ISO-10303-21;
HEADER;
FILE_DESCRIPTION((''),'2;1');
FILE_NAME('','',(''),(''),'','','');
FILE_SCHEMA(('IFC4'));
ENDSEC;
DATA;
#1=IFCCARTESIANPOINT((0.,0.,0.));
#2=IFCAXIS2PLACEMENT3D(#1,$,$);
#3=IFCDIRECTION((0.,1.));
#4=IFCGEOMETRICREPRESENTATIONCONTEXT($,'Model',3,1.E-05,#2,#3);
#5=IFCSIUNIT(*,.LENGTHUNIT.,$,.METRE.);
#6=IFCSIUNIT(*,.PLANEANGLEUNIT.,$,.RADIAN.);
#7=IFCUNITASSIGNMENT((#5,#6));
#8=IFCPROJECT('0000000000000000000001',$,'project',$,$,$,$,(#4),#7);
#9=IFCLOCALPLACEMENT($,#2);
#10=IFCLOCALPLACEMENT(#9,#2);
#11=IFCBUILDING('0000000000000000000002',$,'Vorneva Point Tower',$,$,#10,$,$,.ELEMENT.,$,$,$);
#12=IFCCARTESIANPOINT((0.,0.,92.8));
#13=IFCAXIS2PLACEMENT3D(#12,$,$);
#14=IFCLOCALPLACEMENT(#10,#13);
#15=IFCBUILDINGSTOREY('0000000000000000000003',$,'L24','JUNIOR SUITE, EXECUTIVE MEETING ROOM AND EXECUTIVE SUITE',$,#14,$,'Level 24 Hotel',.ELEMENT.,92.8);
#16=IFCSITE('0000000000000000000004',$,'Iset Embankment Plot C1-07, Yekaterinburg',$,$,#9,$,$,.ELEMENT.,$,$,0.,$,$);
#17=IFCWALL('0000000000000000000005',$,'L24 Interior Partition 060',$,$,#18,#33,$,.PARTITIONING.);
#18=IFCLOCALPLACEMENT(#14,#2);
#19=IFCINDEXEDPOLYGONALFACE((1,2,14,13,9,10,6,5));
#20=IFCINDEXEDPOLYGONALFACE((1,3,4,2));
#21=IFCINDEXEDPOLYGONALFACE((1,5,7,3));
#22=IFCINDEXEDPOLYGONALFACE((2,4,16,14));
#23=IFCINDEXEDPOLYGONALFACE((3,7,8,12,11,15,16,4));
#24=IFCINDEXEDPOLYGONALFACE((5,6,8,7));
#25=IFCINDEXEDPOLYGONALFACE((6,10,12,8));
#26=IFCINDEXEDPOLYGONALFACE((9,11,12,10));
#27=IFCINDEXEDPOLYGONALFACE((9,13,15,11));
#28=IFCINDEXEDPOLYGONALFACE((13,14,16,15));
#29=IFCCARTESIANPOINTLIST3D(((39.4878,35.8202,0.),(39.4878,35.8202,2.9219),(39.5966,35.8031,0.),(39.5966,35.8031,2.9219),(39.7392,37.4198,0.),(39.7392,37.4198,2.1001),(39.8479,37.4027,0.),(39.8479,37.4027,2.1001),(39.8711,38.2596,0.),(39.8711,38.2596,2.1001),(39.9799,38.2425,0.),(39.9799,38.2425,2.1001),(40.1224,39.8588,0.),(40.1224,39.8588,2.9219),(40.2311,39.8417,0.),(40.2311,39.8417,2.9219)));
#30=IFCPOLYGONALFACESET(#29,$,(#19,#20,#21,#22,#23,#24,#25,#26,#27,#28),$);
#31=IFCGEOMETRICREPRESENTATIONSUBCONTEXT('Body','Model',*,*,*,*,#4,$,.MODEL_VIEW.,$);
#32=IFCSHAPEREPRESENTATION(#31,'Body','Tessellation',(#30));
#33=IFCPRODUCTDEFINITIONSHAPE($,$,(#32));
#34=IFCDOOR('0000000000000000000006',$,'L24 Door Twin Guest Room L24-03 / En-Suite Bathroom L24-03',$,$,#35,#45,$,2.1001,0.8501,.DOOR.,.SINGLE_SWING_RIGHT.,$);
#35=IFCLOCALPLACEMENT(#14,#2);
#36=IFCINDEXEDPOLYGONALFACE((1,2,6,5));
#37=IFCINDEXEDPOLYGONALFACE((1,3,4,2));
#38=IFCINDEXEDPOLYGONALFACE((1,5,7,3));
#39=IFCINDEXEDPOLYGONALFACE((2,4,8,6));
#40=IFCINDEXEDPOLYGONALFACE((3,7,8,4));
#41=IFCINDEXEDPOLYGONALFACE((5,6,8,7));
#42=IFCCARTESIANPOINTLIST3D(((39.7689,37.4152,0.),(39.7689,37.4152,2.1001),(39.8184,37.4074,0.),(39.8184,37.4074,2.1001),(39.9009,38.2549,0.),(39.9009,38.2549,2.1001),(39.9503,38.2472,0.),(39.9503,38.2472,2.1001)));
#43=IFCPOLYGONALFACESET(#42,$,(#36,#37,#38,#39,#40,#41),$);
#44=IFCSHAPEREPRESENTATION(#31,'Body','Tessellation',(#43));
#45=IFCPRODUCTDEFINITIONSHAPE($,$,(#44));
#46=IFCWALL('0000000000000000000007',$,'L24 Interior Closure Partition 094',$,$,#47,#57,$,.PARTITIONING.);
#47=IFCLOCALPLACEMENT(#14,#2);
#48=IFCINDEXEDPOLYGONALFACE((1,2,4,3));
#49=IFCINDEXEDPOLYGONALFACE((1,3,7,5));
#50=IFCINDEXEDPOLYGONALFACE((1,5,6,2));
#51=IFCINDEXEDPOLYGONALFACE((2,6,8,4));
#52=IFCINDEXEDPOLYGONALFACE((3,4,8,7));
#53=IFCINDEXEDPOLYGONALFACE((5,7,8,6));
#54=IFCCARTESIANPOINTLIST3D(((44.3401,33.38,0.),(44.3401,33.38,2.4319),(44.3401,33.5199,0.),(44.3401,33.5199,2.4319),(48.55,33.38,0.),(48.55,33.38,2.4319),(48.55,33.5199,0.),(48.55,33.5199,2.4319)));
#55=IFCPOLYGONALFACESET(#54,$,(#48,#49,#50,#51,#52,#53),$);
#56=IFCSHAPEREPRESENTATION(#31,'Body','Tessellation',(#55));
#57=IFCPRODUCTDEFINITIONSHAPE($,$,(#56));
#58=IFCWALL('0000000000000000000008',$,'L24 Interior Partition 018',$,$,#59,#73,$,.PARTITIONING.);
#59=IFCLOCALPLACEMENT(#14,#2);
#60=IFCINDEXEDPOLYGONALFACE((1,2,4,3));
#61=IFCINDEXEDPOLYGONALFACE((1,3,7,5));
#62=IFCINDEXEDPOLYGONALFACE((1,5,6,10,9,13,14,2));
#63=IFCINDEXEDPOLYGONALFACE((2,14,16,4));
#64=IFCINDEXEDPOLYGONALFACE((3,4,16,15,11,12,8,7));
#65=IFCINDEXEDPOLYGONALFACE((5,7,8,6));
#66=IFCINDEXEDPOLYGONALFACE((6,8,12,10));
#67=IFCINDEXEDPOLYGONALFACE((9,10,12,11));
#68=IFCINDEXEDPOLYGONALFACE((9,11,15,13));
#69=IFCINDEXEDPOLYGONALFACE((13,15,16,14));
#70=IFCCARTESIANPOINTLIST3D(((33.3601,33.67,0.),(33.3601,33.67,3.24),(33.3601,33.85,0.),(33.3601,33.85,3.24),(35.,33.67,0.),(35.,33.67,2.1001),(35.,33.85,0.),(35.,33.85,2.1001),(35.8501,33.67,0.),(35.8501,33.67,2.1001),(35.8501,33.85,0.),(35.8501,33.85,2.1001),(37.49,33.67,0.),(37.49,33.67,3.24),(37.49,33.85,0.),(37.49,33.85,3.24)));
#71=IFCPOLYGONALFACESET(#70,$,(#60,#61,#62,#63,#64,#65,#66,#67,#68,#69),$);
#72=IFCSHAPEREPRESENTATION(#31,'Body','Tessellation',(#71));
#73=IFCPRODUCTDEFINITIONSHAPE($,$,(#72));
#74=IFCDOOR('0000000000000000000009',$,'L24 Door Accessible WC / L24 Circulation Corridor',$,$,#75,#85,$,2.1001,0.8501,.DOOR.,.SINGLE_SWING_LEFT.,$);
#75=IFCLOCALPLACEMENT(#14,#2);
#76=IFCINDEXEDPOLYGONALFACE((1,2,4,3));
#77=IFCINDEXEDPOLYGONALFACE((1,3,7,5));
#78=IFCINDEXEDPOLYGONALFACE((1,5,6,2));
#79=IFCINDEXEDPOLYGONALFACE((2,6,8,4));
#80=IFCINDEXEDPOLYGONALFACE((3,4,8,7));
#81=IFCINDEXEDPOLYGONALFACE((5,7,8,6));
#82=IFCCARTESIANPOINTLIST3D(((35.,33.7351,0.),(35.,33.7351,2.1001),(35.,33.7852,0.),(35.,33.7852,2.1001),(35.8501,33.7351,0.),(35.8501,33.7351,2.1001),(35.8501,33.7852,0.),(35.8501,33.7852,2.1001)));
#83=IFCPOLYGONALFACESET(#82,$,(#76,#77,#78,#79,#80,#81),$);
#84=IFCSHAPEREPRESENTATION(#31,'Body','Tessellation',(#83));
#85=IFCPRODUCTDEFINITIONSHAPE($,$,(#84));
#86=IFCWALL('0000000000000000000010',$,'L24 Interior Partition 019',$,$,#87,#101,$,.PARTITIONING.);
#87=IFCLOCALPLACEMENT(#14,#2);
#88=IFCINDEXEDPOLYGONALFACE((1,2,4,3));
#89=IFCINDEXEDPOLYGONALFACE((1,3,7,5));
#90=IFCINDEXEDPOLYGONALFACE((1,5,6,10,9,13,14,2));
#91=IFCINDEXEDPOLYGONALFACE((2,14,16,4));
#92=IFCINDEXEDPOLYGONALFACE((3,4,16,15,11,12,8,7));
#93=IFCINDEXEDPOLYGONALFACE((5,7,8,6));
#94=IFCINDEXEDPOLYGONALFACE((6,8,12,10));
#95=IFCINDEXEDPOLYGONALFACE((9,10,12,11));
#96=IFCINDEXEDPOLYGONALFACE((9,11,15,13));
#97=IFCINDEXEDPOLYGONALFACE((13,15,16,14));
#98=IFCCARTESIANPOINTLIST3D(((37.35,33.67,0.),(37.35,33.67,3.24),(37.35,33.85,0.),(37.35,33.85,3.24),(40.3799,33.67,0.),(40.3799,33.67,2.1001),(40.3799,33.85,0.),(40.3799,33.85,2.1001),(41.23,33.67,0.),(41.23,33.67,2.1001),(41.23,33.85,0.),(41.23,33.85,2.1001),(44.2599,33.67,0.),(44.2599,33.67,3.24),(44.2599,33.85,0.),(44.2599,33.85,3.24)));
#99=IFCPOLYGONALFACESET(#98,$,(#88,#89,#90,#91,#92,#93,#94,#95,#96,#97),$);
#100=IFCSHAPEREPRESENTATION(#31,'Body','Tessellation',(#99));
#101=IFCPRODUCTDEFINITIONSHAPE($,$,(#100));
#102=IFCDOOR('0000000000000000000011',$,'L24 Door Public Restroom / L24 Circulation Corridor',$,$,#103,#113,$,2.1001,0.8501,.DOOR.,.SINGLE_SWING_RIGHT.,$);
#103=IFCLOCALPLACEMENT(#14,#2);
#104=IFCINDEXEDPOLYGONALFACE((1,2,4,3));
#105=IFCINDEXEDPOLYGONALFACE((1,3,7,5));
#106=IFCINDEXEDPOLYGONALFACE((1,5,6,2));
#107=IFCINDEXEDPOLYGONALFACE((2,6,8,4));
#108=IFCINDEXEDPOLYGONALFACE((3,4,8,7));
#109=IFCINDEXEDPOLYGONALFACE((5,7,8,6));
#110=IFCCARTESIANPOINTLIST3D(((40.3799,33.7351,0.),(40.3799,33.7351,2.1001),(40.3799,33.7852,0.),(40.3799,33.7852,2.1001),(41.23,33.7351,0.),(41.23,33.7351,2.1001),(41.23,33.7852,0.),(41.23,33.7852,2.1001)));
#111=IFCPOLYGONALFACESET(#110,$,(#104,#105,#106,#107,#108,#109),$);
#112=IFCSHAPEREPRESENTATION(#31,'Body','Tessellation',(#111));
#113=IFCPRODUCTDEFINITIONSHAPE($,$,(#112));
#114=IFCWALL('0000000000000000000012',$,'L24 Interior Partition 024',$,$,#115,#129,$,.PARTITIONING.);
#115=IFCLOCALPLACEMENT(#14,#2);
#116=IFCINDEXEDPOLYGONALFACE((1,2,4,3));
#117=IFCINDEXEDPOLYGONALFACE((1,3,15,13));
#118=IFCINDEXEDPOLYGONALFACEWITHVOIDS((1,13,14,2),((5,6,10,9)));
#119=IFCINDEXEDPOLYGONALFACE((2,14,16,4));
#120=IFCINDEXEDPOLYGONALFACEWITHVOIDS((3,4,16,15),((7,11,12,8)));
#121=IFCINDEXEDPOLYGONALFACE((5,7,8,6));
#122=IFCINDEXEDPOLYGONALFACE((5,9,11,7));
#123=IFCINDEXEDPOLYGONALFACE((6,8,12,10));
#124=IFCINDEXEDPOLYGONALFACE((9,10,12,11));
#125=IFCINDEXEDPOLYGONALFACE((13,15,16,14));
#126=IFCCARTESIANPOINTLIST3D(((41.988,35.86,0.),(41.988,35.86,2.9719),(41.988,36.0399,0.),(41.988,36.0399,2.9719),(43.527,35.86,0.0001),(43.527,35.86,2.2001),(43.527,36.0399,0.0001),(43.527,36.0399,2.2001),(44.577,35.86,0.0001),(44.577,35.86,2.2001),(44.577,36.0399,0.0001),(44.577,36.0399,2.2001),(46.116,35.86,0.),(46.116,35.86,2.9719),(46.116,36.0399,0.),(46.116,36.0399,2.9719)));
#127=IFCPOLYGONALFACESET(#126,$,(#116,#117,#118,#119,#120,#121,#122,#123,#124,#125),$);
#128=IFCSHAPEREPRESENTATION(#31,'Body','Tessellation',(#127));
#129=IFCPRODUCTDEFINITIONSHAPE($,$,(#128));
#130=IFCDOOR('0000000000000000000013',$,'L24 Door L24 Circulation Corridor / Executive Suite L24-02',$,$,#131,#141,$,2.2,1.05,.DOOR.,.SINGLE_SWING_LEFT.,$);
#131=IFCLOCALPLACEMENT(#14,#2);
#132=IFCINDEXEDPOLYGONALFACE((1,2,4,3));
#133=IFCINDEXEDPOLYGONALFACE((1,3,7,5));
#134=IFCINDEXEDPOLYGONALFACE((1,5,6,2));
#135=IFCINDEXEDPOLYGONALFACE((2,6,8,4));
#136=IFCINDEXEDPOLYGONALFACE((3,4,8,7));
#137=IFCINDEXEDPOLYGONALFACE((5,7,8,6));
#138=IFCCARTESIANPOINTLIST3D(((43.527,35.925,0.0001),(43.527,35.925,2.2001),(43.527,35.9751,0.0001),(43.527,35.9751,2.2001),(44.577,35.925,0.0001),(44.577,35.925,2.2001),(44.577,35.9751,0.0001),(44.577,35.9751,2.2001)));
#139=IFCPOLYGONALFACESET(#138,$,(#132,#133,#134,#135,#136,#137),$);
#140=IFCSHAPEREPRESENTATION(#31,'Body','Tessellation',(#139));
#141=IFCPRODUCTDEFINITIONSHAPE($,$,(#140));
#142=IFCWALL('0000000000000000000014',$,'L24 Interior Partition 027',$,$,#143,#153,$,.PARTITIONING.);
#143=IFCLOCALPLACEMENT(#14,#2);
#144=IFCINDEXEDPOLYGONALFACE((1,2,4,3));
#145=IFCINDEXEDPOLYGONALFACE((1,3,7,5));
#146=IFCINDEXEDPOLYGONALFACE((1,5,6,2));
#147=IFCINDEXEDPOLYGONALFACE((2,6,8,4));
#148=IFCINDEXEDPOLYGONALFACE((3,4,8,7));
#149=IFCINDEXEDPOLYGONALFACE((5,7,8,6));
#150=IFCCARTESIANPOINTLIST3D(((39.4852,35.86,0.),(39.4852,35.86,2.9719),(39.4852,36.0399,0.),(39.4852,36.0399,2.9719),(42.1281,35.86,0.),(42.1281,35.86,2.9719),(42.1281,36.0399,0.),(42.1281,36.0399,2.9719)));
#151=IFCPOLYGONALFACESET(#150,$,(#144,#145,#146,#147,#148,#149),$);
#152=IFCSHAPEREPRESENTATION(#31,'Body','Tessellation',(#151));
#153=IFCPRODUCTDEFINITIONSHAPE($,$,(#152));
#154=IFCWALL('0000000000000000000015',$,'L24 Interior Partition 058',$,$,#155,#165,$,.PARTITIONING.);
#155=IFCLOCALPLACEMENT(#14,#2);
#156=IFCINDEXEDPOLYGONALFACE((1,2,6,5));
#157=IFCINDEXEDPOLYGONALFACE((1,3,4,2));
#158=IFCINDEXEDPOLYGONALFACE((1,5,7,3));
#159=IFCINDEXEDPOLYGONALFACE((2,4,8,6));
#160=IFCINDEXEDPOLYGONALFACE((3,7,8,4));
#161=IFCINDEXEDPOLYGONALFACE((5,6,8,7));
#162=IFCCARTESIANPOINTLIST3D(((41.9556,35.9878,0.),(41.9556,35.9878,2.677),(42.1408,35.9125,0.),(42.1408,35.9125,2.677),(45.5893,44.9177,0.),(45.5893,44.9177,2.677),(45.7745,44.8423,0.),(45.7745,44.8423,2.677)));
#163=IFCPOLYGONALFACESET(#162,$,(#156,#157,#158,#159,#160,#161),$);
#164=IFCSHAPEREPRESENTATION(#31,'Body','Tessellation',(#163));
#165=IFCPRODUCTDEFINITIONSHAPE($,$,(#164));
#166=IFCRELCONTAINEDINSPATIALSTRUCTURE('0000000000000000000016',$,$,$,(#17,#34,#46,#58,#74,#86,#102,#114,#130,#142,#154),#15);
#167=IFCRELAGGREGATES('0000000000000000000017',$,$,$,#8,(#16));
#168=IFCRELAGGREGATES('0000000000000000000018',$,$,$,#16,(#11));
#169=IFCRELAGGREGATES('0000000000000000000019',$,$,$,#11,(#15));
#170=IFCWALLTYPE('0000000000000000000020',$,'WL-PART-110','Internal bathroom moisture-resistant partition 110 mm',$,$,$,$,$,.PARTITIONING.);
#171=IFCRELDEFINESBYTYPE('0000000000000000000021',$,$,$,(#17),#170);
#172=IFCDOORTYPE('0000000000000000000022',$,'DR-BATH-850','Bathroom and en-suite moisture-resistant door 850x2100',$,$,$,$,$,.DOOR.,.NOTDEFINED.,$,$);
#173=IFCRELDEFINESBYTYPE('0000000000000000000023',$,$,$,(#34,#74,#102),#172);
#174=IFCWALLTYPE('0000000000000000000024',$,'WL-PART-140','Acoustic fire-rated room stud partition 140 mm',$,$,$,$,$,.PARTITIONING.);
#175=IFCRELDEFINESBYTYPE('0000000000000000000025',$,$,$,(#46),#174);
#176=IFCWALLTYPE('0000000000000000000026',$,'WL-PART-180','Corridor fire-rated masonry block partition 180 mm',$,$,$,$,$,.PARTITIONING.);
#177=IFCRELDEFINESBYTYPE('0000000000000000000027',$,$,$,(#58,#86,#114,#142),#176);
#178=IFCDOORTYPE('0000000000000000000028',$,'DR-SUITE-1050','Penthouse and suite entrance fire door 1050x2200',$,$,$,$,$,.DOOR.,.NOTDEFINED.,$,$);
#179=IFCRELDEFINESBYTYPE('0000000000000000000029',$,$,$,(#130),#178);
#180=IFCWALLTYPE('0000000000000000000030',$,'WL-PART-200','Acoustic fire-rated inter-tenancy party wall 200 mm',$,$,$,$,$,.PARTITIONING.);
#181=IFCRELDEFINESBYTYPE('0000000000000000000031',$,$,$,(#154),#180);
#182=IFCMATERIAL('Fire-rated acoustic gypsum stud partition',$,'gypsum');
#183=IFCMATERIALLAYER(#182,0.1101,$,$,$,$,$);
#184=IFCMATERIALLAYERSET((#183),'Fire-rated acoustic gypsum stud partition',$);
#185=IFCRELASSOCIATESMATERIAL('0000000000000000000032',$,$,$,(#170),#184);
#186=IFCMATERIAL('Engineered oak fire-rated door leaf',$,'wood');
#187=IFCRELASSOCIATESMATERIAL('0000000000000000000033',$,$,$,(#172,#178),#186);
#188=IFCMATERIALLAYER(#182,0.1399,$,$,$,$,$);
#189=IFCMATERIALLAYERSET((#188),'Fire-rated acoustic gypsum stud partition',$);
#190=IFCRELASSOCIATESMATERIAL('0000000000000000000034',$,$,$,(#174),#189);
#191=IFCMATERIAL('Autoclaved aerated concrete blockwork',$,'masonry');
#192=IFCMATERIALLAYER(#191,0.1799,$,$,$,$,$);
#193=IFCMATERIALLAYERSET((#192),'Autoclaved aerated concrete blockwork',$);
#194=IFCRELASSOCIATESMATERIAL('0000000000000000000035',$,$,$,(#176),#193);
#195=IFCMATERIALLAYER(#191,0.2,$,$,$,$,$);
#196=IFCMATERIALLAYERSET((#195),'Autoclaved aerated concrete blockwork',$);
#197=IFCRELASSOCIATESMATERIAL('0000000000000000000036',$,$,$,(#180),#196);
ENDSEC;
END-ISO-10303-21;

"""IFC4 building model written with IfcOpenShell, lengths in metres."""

from ifc_helpers import new_model, si_unit, direction, frame, frame_2d, origin, place, context, subcontext, project, spatial, rectangle, extrude, material, layer, layer_set, type_object, element, fill, save


model = new_model("IFC4")

# Units and contexts
model_context = context("Model", 3, precision=1e-05, world=origin(), true_north=direction((0.0, 1.0)))
body_context = subcontext(model_context, "Body", "Model", "MODEL_VIEW")
ifc_project = project(units=[si_unit("LENGTHUNIT", "METRE"), si_unit("PLANEANGLEUNIT", "RADIAN")], contexts=[model_context])

# Site, building, storey
site_placement = place(None, origin())
site = spatial("IfcSite", under=ifc_project, at=site_placement, Name="Iset Embankment Plot C1-07, Yekaterinburg", CompositionType="ELEMENT", RefElevation=0.0)
building_placement = place(site_placement, origin())
building = spatial("IfcBuilding", under=site, at=building_placement, Name="Vorneva Point Tower", CompositionType="ELEMENT")
storey_placement = place(building_placement, frame((0.0, 0.0, 92.8)))
storey = spatial("IfcBuildingStorey", under=building, at=storey_placement, Name="L24", Description="JUNIOR SUITE, EXECUTIVE MEETING ROOM AND EXECUTIVE SUITE", LongName="Level 24 Hotel", CompositionType="ELEMENT", Elevation=92.8)

# Shared definitions
ifc_material_1 = material(Name="Fire-rated acoustic gypsum stud partition", Category="gypsum")
ifc_layer_1 = layer(ifc_material_1, 0.1101)
ifc_layer_set_1 = layer_set([ifc_layer_1], Name="Fire-rated acoustic gypsum stud partition")
wall_type_1 = type_object("IfcWallType", Name="WL-PART-110", Description="Internal bathroom moisture-resistant partition 110 mm", PredefinedType="PARTITIONING", material=ifc_layer_set_1)

# Wall, opening, door
wall_1_placement = place(storey_placement, frame((39.5422, 35.8118, 0.0), z_axis=(0.0, 0.0, 1.0), x_axis=(0.155211, 0.987881, 0.0)))
wall_1 = element("IfcWall", 1, at=wall_1_placement, inside=storey, type_object=wall_type_1, Name="L24 Interior Partition 060", PredefinedType="PARTITIONING", context=body_context, shape_type="SweptSolid", body=[
    extrude(rectangle(XDim=4.0881, YDim=0.1101, at=frame_2d((2.0439, 0.0))), origin(), (0.0, 0.0, 1.0), 2.9219),
])
opening_1_placement = place(wall_1_placement, frame((1.6191, 0.0, 0.0)))
opening_1 = element("IfcOpeningElement", 2, at=opening_1_placement, cuts=wall_1, PredefinedType="OPENING", context=body_context, shape_type="SweptSolid", body=[
    extrude(rectangle(XDim=0.8501, YDim=2.1001, at=frame_2d((0.425, 1.05))), frame((0.0, 0.0698, 0.0), z_axis=(0.0, -1.0, 0.0), x_axis=(1.0, 0.0, 0.0)), (0.0, 0.0, 1.0), 0.1399),
])
ifc_material_2 = material(Name="Engineered oak fire-rated door leaf", Category="wood")
door_type_1 = type_object("IfcDoorType", Name="DR-BATH-850", Description="Bathroom and en-suite moisture-resistant door 850x2100", OperationType="NOTDEFINED", PredefinedType="DOOR", material=ifc_material_2)
door_1_placement = place(opening_1_placement, origin())
door_1 = element("IfcDoor", 3, at=door_1_placement, inside=storey, type_object=door_type_1, Name="L24 Door Twin Guest Room L24-03 / En-Suite Bathroom L24-03", OperationType="SINGLE_SWING_RIGHT", OverallHeight=2.1001, OverallWidth=0.8501, PredefinedType="DOOR", context=body_context, shape_type="SweptSolid", body=[
    extrude(rectangle(XDim=0.8501, YDim=2.1001, at=frame_2d((0.425, 1.05))), frame((0.0, 0.0249, 0.0), z_axis=(0.0, -1.0, 0.0), x_axis=(1.0, 0.0, 0.0)), (0.0, 0.0, 1.0), 0.05),
])
fill(opening_1, door_1)

# Wall
ifc_layer_2 = layer(ifc_material_1, 0.1399)
ifc_layer_set_2 = layer_set([ifc_layer_2], Name="Fire-rated acoustic gypsum stud partition")
wall_type_2 = type_object("IfcWallType", Name="WL-PART-140", Description="Acoustic fire-rated room stud partition 140 mm", PredefinedType="PARTITIONING", material=ifc_layer_set_2)
wall_2_placement = place(storey_placement, frame((44.3401, 33.45, 0.0), z_axis=(0.0, 0.0, 1.0), x_axis=(1.0, 0.0, 0.0)))
element("IfcWall", 4, at=wall_2_placement, inside=storey, type_object=wall_type_2, Name="L24 Interior Closure Partition 094", PredefinedType="PARTITIONING", context=body_context, shape_type="SweptSolid", body=[
    extrude(rectangle(XDim=4.21, YDim=0.1399, at=frame_2d((2.105, 0.0))), origin(), (0.0, 0.0, 1.0), 2.4319),
])

# Walls, openings, doors
ifc_material_3 = material(Name="Autoclaved aerated concrete blockwork", Category="masonry")
ifc_layer_3 = layer(ifc_material_3, 0.1799)
ifc_layer_set_3 = layer_set([ifc_layer_3], Name="Autoclaved aerated concrete blockwork")
wall_type_3 = type_object("IfcWallType", Name="WL-PART-180", Description="Corridor fire-rated masonry block partition 180 mm", PredefinedType="PARTITIONING", material=ifc_layer_set_3)
wall_3_placement = place(storey_placement, frame((37.49, 33.76, 0.0), z_axis=(0.0, 0.0, 1.0), x_axis=(-1.0, 0.0, 0.0)))
wall_3 = element("IfcWall", 5, at=wall_3_placement, inside=storey, type_object=wall_type_3, Name="L24 Interior Partition 018", PredefinedType="PARTITIONING", context=body_context, shape_type="SweptSolid", body=[
    extrude(rectangle(XDim=4.1299, YDim=0.1799, at=frame_2d((2.0649, 0.0))), origin(), (0.0, 0.0, 1.0), 3.24),
])
opening_2_placement = place(wall_3_placement, frame((1.6399, 0.0, 0.0)))
opening_2 = element("IfcOpeningElement", 6, at=opening_2_placement, cuts=wall_3, PredefinedType="OPENING", context=body_context, shape_type="SweptSolid", body=[
    extrude(rectangle(XDim=0.8501, YDim=2.1001, at=frame_2d((0.425, 1.05))), frame((0.0, 0.105, 0.0), z_axis=(0.0, -1.0, 0.0), x_axis=(1.0, 0.0, 0.0)), (0.0, 0.0, 1.0), 0.2097),
])
door_2_placement = place(opening_2_placement, origin())
door_2 = element("IfcDoor", 7, at=door_2_placement, inside=storey, type_object=door_type_1, Name="L24 Door Accessible WC / L24 Circulation Corridor", OperationType="SINGLE_SWING_LEFT", OverallHeight=2.1001, OverallWidth=0.8501, PredefinedType="DOOR", context=body_context, shape_type="SweptSolid", body=[
    extrude(rectangle(XDim=0.8501, YDim=2.1001, at=frame_2d((0.425, 1.05))), frame((0.0, 0.0249, 0.0), z_axis=(0.0, -1.0, 0.0), x_axis=(1.0, 0.0, 0.0)), (0.0, 0.0, 1.0), 0.05),
])
fill(opening_2, door_2)
wall_4_placement = place(storey_placement, frame((44.26, 33.76, 0.0), z_axis=(0.0, 0.0, 1.0), x_axis=(-1.0, 0.0, 0.0)))
wall_4 = element("IfcWall", 8, at=wall_4_placement, inside=storey, type_object=wall_type_3, Name="L24 Interior Partition 019", PredefinedType="PARTITIONING", context=body_context, shape_type="SweptSolid", body=[
    extrude(rectangle(XDim=6.9099, YDim=0.1799, at=frame_2d((3.4551, 0.0))), origin(), (0.0, 0.0, 1.0), 3.24),
])
opening_3_placement = place(wall_4_placement, frame((3.03, 0.0, 0.0)))
opening_3 = element("IfcOpeningElement", 9, at=opening_3_placement, cuts=wall_4, PredefinedType="OPENING", context=body_context, shape_type="SweptSolid", body=[
    extrude(rectangle(XDim=0.8501, YDim=2.1001, at=frame_2d((0.425, 1.05))), frame((0.0, 0.105, 0.0), z_axis=(0.0, -1.0, 0.0), x_axis=(1.0, 0.0, 0.0)), (0.0, 0.0, 1.0), 0.2097),
])
door_3_placement = place(opening_3_placement, origin())
door_3 = element("IfcDoor", 10, at=door_3_placement, inside=storey, type_object=door_type_1, Name="L24 Door Public Restroom / L24 Circulation Corridor", OperationType="SINGLE_SWING_RIGHT", OverallHeight=2.1001, OverallWidth=0.8501, PredefinedType="DOOR", context=body_context, shape_type="SweptSolid", body=[
    extrude(rectangle(XDim=0.8501, YDim=2.1001, at=frame_2d((0.425, 1.05))), frame((0.0, 0.0249, 0.0), z_axis=(0.0, -1.0, 0.0), x_axis=(1.0, 0.0, 0.0)), (0.0, 0.0, 1.0), 0.05),
])
fill(opening_3, door_3)
wall_5_placement = place(storey_placement, frame((46.116, 35.95, 0.0), z_axis=(0.0, 0.0, 1.0), x_axis=(-1.0, 0.0, 0.0)))
wall_5 = element("IfcWall", 11, at=wall_5_placement, inside=storey, type_object=wall_type_3, Name="L24 Interior Partition 024", PredefinedType="PARTITIONING", context=body_context, shape_type="SweptSolid", body=[
    extrude(rectangle(XDim=4.1279, YDim=0.1799, at=frame_2d((2.064, 0.0))), origin(), (0.0, 0.0, 1.0), 2.9719),
])
opening_4_placement = place(wall_5_placement, frame((1.5391, 0.0, 0.0)))
opening_4 = element("IfcOpeningElement", 12, at=opening_4_placement, cuts=wall_5, PredefinedType="OPENING", context=body_context, shape_type="SweptSolid", body=[
    extrude(rectangle(XDim=1.05, YDim=2.2, at=frame_2d((0.5249, 1.1001))), frame((0.0, 0.105, 0.0), z_axis=(0.0, -1.0, 0.0), x_axis=(1.0, 0.0, 0.0)), (0.0, 0.0, 1.0), 0.2097),
])
door_type_2 = type_object("IfcDoorType", Name="DR-SUITE-1050", Description="Penthouse and suite entrance fire door 1050x2200", OperationType="NOTDEFINED", PredefinedType="DOOR", material=ifc_material_2)
door_4_placement = place(opening_4_placement, origin())
door_4 = element("IfcDoor", 13, at=door_4_placement, inside=storey, type_object=door_type_2, Name="L24 Door L24 Circulation Corridor / Executive Suite L24-02", OperationType="SINGLE_SWING_LEFT", OverallHeight=2.2, OverallWidth=1.05, PredefinedType="DOOR", context=body_context, shape_type="SweptSolid", body=[
    extrude(rectangle(XDim=1.05, YDim=2.2, at=frame_2d((0.5249, 1.1001))), frame((0.0, 0.0249, 0.0), z_axis=(0.0, -1.0, 0.0), x_axis=(1.0, 0.0, 0.0)), (0.0, 0.0, 1.0), 0.05),
])
fill(opening_4, door_4)

# Walls
wall_6_placement = place(storey_placement, frame((42.1279, 35.95, 0.0), z_axis=(0.0, 0.0, 1.0), x_axis=(-1.0, 0.0, 0.0)))
element("IfcWall", 14, at=wall_6_placement, inside=storey, type_object=wall_type_3, Name="L24 Interior Partition 027", PredefinedType="PARTITIONING", context=body_context, shape_type="SweptSolid", body=[
    extrude(rectangle(XDim=2.6428, YDim=0.1799, at=frame_2d((1.3213, 0.0))), origin(), (0.0, 0.0, 1.0), 2.9719),
])
ifc_layer_4 = layer(ifc_material_3, 0.2)
ifc_layer_set_4 = layer_set([ifc_layer_4], Name="Autoclaved aerated concrete blockwork")
wall_type_4 = type_object("IfcWallType", Name="WL-PART-200", Description="Acoustic fire-rated inter-tenancy party wall 200 mm", PredefinedType="PARTITIONING", material=ifc_layer_set_4)
wall_7_placement = place(storey_placement, frame((45.6819, 44.8799, 0.0), z_axis=(0.0, 0.0, 1.0), x_axis=(-0.376912, -0.926249, 0.0)))
element("IfcWall", 15, at=wall_7_placement, inside=storey, type_object=wall_type_4, Name="L24 Interior Partition 058", PredefinedType="PARTITIONING", context=body_context, shape_type="SweptSolid", body=[
    extrude(rectangle(XDim=9.6409, YDim=0.2, at=frame_2d((4.8203, 0.0))), origin(), (0.0, 0.0, 1.0), 2.677),
])

save(model, "model.ifc")
